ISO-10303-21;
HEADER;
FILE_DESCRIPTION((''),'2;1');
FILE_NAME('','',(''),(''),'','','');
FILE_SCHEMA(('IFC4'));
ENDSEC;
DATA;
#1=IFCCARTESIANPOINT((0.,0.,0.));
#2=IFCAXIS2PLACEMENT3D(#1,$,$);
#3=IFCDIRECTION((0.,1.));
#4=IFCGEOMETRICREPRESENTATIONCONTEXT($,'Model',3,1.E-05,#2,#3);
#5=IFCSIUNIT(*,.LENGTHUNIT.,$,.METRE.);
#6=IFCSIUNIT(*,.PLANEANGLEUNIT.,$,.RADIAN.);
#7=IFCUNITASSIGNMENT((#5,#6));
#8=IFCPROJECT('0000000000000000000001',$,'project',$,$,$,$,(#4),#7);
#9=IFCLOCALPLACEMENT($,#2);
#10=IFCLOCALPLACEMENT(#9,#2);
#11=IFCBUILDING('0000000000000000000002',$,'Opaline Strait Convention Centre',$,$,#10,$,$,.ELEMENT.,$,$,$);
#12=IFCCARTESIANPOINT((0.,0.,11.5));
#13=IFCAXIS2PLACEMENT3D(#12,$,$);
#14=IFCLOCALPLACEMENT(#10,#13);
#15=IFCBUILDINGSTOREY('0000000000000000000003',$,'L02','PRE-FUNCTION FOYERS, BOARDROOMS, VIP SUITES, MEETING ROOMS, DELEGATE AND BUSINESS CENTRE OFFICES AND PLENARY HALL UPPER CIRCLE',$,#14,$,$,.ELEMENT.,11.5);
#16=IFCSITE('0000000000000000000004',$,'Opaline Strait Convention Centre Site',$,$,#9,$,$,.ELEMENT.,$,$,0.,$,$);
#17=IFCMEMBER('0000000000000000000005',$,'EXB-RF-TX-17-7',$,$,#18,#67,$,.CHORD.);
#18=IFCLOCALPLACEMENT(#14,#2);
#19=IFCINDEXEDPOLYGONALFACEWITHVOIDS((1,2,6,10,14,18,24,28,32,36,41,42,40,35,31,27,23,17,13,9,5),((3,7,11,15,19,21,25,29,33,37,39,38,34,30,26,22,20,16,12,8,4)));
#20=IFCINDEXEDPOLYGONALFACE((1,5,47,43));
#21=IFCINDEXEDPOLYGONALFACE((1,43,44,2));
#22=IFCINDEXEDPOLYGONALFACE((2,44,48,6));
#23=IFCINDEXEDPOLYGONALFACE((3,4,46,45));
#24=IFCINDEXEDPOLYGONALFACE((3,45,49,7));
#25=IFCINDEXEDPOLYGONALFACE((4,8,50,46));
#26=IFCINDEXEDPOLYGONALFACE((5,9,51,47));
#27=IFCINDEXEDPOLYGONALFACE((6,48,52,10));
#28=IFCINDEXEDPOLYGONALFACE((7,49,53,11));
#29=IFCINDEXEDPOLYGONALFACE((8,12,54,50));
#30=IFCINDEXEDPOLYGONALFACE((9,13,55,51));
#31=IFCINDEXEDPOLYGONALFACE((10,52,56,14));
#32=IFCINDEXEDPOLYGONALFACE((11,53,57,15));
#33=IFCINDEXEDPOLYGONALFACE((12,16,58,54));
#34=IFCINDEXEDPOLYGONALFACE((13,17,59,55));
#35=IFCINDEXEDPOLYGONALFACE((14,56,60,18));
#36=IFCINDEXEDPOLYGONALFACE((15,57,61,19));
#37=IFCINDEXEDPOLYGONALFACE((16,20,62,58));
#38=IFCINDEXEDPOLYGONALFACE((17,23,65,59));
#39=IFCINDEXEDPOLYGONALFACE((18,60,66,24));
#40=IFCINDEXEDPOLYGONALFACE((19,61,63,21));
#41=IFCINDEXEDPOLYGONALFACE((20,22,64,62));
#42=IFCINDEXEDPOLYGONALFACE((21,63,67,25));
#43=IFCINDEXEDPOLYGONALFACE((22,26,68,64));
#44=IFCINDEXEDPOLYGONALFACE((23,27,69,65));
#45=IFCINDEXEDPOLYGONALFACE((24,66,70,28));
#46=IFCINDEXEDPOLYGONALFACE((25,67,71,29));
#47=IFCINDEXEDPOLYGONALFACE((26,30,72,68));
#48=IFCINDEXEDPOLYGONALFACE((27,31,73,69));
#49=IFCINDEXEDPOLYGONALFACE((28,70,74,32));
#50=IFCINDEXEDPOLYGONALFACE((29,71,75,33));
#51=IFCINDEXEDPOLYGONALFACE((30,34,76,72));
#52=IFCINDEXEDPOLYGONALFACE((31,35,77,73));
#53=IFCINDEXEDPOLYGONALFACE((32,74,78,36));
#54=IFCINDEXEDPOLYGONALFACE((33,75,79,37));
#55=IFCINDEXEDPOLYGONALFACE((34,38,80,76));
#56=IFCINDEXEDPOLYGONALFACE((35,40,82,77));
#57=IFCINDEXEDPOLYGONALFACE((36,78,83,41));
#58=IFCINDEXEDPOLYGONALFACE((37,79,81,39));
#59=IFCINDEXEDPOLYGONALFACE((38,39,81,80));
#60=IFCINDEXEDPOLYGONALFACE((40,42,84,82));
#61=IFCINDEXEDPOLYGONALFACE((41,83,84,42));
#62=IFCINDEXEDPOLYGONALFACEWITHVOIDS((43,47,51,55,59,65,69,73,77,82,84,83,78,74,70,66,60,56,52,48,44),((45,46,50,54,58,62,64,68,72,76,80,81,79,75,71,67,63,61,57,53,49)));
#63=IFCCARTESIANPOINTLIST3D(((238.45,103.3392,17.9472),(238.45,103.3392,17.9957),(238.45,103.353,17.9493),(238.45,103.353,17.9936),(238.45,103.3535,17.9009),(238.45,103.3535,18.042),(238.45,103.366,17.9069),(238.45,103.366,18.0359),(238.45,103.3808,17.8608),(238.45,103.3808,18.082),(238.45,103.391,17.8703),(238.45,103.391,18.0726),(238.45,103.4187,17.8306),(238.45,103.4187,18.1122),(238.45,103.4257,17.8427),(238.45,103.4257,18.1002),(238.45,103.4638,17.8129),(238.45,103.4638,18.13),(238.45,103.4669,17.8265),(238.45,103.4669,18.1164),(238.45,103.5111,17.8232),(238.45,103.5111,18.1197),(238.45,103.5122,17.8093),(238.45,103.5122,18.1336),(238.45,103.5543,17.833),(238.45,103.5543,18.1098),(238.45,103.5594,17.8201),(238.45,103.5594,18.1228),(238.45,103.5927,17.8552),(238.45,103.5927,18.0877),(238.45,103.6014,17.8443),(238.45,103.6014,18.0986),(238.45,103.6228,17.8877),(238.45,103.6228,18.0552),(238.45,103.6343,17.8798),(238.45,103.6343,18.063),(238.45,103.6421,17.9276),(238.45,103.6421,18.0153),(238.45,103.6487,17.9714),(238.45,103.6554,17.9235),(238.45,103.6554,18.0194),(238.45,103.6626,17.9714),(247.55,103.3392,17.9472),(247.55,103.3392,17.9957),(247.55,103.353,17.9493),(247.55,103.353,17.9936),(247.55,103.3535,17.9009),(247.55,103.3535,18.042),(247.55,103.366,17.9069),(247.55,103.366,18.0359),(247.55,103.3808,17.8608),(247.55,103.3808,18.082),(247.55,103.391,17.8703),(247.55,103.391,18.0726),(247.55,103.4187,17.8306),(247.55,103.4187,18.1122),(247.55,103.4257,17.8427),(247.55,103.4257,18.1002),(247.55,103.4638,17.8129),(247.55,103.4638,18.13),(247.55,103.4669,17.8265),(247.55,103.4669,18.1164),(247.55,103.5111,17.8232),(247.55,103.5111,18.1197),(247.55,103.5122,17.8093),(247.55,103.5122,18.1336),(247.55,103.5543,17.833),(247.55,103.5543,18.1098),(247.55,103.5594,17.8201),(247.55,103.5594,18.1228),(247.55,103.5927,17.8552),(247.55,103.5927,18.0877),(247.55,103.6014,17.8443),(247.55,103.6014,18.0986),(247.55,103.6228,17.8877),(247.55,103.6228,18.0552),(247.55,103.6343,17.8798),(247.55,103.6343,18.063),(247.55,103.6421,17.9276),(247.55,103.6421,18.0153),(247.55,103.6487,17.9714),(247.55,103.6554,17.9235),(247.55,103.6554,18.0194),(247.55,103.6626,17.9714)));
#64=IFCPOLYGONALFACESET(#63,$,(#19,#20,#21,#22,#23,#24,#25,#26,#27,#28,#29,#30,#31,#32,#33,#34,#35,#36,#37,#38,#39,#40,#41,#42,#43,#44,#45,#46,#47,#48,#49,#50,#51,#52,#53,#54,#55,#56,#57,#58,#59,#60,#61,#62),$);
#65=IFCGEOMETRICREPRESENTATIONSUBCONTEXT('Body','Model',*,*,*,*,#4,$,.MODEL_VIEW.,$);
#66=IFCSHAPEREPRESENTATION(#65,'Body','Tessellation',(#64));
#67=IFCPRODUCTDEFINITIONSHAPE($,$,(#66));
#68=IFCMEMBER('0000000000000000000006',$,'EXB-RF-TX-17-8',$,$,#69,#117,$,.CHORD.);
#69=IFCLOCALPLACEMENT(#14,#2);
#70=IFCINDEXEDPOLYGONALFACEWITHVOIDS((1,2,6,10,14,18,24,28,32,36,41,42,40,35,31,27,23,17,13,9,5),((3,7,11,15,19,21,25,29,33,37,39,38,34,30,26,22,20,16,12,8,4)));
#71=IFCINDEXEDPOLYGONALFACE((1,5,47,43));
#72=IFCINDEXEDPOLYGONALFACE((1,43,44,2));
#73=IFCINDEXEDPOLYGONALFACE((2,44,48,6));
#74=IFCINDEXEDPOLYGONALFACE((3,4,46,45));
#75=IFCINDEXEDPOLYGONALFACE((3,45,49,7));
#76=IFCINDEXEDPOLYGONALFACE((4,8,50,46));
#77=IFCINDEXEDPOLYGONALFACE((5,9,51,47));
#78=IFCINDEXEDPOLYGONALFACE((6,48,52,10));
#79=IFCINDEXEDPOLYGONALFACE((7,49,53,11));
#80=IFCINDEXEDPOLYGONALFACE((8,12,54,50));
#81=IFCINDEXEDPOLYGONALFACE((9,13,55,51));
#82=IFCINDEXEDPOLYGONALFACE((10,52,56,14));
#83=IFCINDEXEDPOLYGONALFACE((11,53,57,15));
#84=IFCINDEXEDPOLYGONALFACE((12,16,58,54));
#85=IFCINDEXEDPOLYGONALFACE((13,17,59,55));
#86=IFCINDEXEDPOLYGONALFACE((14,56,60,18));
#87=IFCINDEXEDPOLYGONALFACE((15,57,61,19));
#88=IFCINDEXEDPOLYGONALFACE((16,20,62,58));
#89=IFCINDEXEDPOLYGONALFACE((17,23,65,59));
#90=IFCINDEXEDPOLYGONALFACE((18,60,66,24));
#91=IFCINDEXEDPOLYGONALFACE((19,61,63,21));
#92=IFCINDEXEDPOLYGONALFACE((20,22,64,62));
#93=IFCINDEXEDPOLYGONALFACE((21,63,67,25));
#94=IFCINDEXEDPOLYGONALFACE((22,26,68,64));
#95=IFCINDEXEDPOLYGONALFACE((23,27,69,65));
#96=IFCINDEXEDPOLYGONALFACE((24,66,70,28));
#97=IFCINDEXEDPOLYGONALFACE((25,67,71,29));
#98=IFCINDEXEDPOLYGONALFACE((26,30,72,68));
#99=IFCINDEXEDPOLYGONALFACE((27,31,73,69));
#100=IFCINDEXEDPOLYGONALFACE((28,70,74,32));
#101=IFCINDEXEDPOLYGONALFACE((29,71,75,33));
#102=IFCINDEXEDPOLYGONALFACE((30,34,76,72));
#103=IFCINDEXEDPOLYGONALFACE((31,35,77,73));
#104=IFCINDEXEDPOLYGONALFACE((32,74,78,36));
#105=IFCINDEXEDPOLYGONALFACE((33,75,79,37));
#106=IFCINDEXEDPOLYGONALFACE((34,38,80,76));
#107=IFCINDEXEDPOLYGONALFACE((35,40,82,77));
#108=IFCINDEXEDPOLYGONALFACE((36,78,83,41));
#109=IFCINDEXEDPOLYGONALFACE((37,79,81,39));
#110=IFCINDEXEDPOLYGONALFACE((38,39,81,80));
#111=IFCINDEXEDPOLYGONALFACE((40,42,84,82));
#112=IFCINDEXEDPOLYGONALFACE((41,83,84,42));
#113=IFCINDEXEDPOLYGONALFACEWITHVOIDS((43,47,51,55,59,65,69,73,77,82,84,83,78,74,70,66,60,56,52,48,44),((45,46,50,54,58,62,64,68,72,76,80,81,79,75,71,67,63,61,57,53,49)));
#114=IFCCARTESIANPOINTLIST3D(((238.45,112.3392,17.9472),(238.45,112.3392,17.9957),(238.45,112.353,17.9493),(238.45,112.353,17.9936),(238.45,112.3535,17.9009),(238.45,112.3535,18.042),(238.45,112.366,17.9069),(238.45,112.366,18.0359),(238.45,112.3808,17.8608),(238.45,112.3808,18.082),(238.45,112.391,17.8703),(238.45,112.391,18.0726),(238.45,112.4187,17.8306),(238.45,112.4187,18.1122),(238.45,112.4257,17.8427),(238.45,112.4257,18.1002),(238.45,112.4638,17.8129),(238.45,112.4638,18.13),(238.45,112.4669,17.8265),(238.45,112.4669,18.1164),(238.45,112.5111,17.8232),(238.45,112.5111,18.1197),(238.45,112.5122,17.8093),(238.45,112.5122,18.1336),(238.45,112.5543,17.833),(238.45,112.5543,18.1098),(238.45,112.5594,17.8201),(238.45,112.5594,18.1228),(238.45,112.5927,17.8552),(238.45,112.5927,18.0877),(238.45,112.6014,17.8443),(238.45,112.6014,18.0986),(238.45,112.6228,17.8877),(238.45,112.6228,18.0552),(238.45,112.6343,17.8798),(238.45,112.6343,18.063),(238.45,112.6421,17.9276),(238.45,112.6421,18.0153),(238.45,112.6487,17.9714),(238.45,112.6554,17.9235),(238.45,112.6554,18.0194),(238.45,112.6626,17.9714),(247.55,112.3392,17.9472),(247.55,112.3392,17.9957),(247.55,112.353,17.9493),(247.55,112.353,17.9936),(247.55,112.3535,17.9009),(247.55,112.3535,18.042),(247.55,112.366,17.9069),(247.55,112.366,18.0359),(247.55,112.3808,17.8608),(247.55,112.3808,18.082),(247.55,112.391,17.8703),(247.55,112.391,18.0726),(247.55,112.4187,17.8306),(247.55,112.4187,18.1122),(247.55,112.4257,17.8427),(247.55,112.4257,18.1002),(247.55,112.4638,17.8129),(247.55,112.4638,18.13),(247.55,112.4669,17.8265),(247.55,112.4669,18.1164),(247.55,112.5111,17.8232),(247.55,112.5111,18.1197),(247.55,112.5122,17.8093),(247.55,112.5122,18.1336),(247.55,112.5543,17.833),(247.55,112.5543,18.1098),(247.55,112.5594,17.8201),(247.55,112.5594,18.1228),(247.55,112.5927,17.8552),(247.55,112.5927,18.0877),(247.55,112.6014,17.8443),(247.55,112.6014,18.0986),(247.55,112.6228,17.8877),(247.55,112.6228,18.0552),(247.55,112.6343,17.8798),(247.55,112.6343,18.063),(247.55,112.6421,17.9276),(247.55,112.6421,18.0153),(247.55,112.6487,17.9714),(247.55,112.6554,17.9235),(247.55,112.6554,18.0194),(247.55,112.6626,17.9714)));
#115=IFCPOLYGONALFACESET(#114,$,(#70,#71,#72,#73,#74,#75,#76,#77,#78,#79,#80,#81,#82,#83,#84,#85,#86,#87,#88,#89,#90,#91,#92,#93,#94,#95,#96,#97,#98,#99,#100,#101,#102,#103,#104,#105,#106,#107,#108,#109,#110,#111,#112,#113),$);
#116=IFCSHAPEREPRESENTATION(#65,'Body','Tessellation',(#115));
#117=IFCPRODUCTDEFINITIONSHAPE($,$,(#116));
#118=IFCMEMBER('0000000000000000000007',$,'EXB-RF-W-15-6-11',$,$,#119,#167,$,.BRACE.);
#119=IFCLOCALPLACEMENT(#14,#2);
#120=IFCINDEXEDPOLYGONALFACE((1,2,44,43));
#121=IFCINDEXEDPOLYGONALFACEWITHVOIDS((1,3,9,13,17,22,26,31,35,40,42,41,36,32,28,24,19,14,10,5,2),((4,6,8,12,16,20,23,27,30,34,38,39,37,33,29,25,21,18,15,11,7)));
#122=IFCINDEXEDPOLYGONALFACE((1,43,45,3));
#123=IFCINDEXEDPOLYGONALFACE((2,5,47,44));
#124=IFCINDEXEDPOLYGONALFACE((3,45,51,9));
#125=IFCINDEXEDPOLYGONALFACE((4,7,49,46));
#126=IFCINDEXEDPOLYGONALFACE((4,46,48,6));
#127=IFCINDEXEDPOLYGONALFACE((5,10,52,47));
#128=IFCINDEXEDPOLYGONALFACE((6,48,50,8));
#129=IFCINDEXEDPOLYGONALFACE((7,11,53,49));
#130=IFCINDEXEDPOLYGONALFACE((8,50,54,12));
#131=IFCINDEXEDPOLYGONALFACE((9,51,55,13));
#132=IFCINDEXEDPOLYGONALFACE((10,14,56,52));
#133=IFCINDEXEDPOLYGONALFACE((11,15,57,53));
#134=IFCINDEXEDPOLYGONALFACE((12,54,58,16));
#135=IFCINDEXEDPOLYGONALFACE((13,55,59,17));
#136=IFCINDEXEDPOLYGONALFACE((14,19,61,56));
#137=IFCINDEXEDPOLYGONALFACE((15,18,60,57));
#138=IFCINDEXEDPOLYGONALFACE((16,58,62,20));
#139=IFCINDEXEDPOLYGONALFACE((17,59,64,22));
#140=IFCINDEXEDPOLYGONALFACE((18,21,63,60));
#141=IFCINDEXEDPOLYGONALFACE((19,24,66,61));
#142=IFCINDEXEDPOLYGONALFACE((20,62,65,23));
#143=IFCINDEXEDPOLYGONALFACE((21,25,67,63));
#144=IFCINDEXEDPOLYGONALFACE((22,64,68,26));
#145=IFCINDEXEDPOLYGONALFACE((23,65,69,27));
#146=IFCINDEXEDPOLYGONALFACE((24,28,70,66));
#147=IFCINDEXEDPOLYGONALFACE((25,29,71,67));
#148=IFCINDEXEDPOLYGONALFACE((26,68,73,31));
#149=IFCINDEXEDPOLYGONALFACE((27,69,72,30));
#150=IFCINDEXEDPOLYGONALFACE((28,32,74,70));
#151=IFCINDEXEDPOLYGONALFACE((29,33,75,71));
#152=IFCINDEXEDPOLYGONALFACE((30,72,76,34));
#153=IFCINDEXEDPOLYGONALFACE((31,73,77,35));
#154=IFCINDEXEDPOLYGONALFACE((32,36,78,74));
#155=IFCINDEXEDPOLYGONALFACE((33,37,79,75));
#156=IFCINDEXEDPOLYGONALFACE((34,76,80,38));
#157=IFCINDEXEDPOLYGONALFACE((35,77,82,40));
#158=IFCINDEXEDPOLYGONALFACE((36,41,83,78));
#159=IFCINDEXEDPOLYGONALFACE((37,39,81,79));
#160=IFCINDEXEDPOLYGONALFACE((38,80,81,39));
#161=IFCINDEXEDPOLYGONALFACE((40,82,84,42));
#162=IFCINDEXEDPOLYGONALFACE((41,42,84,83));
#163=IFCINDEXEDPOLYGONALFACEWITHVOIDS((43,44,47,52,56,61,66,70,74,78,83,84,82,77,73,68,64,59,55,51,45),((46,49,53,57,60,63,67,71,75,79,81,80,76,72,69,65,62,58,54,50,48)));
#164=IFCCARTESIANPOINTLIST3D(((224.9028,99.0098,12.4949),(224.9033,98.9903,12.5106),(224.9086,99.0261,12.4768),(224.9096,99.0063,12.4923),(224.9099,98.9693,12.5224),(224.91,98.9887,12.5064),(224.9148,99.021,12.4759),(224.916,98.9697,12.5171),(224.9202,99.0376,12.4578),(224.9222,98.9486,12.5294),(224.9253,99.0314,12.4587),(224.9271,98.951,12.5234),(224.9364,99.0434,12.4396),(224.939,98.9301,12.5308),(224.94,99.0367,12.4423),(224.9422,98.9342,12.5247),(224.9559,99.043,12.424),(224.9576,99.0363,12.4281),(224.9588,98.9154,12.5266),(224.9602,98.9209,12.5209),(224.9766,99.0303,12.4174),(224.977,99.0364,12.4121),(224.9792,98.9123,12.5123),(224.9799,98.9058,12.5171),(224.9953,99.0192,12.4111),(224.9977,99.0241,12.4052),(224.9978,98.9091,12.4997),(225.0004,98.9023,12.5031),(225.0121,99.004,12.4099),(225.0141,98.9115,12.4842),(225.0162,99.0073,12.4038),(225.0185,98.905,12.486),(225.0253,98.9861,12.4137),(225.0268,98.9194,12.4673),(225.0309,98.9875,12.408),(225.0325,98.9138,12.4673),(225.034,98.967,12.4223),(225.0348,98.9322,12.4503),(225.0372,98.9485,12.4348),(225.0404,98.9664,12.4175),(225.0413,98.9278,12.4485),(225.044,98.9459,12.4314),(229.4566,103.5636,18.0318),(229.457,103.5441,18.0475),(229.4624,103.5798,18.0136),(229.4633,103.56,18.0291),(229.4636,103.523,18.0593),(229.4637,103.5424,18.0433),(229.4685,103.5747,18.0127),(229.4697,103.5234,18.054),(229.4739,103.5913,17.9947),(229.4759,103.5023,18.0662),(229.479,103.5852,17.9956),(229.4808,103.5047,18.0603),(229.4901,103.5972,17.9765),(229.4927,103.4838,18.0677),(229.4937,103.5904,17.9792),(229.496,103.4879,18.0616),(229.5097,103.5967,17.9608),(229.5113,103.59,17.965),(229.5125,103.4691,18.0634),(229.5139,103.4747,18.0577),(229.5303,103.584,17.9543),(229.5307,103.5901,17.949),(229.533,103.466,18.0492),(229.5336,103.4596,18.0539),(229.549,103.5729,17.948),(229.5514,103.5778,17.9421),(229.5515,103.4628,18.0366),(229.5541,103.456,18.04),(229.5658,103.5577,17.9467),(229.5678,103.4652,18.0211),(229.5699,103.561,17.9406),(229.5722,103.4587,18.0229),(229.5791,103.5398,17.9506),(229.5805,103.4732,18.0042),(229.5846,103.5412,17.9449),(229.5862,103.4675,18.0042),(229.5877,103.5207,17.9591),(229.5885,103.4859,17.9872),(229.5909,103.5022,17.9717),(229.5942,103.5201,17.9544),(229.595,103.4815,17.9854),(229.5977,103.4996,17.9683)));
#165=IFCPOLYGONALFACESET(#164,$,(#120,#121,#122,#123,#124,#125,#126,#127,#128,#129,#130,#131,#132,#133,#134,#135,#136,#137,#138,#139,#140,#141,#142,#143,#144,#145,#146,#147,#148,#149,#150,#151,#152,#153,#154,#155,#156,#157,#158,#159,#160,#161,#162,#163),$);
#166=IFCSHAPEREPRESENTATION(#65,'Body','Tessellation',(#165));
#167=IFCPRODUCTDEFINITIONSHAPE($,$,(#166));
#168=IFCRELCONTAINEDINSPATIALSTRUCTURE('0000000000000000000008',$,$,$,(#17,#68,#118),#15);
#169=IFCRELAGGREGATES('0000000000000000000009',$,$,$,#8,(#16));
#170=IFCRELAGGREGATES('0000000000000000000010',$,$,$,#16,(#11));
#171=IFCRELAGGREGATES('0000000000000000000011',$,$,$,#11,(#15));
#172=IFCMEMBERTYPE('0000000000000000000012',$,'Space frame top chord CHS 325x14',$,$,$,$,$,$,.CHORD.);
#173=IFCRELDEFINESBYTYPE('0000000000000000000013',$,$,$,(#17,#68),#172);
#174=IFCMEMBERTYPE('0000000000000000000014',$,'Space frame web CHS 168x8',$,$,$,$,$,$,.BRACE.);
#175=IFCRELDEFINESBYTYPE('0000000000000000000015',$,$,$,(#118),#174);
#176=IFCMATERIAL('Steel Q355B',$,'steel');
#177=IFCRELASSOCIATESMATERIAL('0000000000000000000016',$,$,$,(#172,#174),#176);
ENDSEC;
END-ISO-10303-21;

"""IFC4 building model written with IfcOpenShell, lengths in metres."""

from ifc_helpers import new_model, si_unit, direction, frame, origin, origin_2d, place, context, subcontext, project, spatial, hollow_circle, extrude, material, material_profile, profile_set, type_object, element, save


model = new_model("IFC4")

# Units and contexts
model_context = context("Model", 3, precision=1e-05, world=origin(), true_north=direction((0.0, 1.0)))
body_context = subcontext(model_context, "Body", "Model", "MODEL_VIEW")
ifc_project = project(units=[si_unit("LENGTHUNIT", "METRE"), si_unit("PLANEANGLEUNIT", "RADIAN")], contexts=[model_context])

# Site, building, storey
site_placement = place(None, origin())
site = spatial("IfcSite", under=ifc_project, at=site_placement, Name="Opaline Strait Convention Centre Site", CompositionType="ELEMENT", RefElevation=0.0)
building_placement = place(site_placement, origin())
building = spatial("IfcBuilding", under=site, at=building_placement, Name="Opaline Strait Convention Centre", CompositionType="ELEMENT")
storey_placement = place(building_placement, frame((0.0, 0.0, 11.5)))
storey = spatial("IfcBuildingStorey", under=building, at=storey_placement, Name="L02", Description="PRE-FUNCTION FOYERS, BOARDROOMS, VIP SUITES, MEETING ROOMS, DELEGATE AND BUSINESS CENTRE OFFICES AND PLENARY HALL UPPER CIRCLE", CompositionType="ELEMENT", Elevation=11.5)

# Members
ifc_material = material(Name="Steel Q355B", Category="steel")
ifc_material_profile_1 = material_profile(ifc_material, hollow_circle(Radius=0.1626, WallThickness=0.0139, at=origin_2d()), Name="CHS 325x14")
ifc_profile_set_1 = profile_set([ifc_material_profile_1], Name="Steel Q355B")
member_type_1 = type_object("IfcMemberType", Name="Space frame top chord CHS 325x14", PredefinedType="CHORD", material=ifc_profile_set_1)
for number, where, z_axis, x_axis, name in (
    (1, (238.45, 103.5, 17.9714), (1.0, 0.0, 0.0), (0.0, 1.0, 0.0), "EXB-RF-TX-17-7"),
    (2, (238.45, 112.5, 17.9714), (1.0, 0.0, 0.0), (0.0, 1.0, 0.0), "EXB-RF-TX-17-8"),
):
    element("IfcMember", number, at=place(storey_placement, frame(where, z_axis=z_axis, x_axis=x_axis)), inside=storey, type_object=member_type_1, Name=name, PredefinedType="CHORD", context=body_context, shape_type="SweptSolid", body=[
        extrude(hollow_circle(Radius=0.1626, WallThickness=0.0139, at=origin_2d()), origin(), (0.0, 0.0, 1.0), 9.1001),
    ])
ifc_material_profile_2 = material_profile(ifc_material, hollow_circle(Radius=0.084, WallThickness=0.0081, at=origin_2d()), Name="CHS 168x8")
ifc_profile_set_2 = profile_set([ifc_material_profile_2], Name="Steel Q355B")
member_type_2 = type_object("IfcMemberType", Name="Space frame web CHS 168x8", PredefinedType="BRACE", material=ifc_profile_set_2)
for number, where, z_axis, x_axis, name in (
    (3, (229.5269, 103.5269, 18.0042), (-0.536178, -0.536178, -0.65194), (0.707107, -0.707107, 0.0), "EXB-RF-W-15-6-11"),
):
    element("IfcMember", number, at=place(storey_placement, frame(where, z_axis=z_axis, x_axis=x_axis)), inside=storey, type_object=member_type_2, Name=name, PredefinedType="BRACE", context=body_context, shape_type="SweptSolid", body=[
        extrude(hollow_circle(Radius=0.084, WallThickness=0.0081, at=origin_2d()), origin(), (0.0, 0.0, 1.0), 8.4929),
    ])

save(model, "model.ifc")
